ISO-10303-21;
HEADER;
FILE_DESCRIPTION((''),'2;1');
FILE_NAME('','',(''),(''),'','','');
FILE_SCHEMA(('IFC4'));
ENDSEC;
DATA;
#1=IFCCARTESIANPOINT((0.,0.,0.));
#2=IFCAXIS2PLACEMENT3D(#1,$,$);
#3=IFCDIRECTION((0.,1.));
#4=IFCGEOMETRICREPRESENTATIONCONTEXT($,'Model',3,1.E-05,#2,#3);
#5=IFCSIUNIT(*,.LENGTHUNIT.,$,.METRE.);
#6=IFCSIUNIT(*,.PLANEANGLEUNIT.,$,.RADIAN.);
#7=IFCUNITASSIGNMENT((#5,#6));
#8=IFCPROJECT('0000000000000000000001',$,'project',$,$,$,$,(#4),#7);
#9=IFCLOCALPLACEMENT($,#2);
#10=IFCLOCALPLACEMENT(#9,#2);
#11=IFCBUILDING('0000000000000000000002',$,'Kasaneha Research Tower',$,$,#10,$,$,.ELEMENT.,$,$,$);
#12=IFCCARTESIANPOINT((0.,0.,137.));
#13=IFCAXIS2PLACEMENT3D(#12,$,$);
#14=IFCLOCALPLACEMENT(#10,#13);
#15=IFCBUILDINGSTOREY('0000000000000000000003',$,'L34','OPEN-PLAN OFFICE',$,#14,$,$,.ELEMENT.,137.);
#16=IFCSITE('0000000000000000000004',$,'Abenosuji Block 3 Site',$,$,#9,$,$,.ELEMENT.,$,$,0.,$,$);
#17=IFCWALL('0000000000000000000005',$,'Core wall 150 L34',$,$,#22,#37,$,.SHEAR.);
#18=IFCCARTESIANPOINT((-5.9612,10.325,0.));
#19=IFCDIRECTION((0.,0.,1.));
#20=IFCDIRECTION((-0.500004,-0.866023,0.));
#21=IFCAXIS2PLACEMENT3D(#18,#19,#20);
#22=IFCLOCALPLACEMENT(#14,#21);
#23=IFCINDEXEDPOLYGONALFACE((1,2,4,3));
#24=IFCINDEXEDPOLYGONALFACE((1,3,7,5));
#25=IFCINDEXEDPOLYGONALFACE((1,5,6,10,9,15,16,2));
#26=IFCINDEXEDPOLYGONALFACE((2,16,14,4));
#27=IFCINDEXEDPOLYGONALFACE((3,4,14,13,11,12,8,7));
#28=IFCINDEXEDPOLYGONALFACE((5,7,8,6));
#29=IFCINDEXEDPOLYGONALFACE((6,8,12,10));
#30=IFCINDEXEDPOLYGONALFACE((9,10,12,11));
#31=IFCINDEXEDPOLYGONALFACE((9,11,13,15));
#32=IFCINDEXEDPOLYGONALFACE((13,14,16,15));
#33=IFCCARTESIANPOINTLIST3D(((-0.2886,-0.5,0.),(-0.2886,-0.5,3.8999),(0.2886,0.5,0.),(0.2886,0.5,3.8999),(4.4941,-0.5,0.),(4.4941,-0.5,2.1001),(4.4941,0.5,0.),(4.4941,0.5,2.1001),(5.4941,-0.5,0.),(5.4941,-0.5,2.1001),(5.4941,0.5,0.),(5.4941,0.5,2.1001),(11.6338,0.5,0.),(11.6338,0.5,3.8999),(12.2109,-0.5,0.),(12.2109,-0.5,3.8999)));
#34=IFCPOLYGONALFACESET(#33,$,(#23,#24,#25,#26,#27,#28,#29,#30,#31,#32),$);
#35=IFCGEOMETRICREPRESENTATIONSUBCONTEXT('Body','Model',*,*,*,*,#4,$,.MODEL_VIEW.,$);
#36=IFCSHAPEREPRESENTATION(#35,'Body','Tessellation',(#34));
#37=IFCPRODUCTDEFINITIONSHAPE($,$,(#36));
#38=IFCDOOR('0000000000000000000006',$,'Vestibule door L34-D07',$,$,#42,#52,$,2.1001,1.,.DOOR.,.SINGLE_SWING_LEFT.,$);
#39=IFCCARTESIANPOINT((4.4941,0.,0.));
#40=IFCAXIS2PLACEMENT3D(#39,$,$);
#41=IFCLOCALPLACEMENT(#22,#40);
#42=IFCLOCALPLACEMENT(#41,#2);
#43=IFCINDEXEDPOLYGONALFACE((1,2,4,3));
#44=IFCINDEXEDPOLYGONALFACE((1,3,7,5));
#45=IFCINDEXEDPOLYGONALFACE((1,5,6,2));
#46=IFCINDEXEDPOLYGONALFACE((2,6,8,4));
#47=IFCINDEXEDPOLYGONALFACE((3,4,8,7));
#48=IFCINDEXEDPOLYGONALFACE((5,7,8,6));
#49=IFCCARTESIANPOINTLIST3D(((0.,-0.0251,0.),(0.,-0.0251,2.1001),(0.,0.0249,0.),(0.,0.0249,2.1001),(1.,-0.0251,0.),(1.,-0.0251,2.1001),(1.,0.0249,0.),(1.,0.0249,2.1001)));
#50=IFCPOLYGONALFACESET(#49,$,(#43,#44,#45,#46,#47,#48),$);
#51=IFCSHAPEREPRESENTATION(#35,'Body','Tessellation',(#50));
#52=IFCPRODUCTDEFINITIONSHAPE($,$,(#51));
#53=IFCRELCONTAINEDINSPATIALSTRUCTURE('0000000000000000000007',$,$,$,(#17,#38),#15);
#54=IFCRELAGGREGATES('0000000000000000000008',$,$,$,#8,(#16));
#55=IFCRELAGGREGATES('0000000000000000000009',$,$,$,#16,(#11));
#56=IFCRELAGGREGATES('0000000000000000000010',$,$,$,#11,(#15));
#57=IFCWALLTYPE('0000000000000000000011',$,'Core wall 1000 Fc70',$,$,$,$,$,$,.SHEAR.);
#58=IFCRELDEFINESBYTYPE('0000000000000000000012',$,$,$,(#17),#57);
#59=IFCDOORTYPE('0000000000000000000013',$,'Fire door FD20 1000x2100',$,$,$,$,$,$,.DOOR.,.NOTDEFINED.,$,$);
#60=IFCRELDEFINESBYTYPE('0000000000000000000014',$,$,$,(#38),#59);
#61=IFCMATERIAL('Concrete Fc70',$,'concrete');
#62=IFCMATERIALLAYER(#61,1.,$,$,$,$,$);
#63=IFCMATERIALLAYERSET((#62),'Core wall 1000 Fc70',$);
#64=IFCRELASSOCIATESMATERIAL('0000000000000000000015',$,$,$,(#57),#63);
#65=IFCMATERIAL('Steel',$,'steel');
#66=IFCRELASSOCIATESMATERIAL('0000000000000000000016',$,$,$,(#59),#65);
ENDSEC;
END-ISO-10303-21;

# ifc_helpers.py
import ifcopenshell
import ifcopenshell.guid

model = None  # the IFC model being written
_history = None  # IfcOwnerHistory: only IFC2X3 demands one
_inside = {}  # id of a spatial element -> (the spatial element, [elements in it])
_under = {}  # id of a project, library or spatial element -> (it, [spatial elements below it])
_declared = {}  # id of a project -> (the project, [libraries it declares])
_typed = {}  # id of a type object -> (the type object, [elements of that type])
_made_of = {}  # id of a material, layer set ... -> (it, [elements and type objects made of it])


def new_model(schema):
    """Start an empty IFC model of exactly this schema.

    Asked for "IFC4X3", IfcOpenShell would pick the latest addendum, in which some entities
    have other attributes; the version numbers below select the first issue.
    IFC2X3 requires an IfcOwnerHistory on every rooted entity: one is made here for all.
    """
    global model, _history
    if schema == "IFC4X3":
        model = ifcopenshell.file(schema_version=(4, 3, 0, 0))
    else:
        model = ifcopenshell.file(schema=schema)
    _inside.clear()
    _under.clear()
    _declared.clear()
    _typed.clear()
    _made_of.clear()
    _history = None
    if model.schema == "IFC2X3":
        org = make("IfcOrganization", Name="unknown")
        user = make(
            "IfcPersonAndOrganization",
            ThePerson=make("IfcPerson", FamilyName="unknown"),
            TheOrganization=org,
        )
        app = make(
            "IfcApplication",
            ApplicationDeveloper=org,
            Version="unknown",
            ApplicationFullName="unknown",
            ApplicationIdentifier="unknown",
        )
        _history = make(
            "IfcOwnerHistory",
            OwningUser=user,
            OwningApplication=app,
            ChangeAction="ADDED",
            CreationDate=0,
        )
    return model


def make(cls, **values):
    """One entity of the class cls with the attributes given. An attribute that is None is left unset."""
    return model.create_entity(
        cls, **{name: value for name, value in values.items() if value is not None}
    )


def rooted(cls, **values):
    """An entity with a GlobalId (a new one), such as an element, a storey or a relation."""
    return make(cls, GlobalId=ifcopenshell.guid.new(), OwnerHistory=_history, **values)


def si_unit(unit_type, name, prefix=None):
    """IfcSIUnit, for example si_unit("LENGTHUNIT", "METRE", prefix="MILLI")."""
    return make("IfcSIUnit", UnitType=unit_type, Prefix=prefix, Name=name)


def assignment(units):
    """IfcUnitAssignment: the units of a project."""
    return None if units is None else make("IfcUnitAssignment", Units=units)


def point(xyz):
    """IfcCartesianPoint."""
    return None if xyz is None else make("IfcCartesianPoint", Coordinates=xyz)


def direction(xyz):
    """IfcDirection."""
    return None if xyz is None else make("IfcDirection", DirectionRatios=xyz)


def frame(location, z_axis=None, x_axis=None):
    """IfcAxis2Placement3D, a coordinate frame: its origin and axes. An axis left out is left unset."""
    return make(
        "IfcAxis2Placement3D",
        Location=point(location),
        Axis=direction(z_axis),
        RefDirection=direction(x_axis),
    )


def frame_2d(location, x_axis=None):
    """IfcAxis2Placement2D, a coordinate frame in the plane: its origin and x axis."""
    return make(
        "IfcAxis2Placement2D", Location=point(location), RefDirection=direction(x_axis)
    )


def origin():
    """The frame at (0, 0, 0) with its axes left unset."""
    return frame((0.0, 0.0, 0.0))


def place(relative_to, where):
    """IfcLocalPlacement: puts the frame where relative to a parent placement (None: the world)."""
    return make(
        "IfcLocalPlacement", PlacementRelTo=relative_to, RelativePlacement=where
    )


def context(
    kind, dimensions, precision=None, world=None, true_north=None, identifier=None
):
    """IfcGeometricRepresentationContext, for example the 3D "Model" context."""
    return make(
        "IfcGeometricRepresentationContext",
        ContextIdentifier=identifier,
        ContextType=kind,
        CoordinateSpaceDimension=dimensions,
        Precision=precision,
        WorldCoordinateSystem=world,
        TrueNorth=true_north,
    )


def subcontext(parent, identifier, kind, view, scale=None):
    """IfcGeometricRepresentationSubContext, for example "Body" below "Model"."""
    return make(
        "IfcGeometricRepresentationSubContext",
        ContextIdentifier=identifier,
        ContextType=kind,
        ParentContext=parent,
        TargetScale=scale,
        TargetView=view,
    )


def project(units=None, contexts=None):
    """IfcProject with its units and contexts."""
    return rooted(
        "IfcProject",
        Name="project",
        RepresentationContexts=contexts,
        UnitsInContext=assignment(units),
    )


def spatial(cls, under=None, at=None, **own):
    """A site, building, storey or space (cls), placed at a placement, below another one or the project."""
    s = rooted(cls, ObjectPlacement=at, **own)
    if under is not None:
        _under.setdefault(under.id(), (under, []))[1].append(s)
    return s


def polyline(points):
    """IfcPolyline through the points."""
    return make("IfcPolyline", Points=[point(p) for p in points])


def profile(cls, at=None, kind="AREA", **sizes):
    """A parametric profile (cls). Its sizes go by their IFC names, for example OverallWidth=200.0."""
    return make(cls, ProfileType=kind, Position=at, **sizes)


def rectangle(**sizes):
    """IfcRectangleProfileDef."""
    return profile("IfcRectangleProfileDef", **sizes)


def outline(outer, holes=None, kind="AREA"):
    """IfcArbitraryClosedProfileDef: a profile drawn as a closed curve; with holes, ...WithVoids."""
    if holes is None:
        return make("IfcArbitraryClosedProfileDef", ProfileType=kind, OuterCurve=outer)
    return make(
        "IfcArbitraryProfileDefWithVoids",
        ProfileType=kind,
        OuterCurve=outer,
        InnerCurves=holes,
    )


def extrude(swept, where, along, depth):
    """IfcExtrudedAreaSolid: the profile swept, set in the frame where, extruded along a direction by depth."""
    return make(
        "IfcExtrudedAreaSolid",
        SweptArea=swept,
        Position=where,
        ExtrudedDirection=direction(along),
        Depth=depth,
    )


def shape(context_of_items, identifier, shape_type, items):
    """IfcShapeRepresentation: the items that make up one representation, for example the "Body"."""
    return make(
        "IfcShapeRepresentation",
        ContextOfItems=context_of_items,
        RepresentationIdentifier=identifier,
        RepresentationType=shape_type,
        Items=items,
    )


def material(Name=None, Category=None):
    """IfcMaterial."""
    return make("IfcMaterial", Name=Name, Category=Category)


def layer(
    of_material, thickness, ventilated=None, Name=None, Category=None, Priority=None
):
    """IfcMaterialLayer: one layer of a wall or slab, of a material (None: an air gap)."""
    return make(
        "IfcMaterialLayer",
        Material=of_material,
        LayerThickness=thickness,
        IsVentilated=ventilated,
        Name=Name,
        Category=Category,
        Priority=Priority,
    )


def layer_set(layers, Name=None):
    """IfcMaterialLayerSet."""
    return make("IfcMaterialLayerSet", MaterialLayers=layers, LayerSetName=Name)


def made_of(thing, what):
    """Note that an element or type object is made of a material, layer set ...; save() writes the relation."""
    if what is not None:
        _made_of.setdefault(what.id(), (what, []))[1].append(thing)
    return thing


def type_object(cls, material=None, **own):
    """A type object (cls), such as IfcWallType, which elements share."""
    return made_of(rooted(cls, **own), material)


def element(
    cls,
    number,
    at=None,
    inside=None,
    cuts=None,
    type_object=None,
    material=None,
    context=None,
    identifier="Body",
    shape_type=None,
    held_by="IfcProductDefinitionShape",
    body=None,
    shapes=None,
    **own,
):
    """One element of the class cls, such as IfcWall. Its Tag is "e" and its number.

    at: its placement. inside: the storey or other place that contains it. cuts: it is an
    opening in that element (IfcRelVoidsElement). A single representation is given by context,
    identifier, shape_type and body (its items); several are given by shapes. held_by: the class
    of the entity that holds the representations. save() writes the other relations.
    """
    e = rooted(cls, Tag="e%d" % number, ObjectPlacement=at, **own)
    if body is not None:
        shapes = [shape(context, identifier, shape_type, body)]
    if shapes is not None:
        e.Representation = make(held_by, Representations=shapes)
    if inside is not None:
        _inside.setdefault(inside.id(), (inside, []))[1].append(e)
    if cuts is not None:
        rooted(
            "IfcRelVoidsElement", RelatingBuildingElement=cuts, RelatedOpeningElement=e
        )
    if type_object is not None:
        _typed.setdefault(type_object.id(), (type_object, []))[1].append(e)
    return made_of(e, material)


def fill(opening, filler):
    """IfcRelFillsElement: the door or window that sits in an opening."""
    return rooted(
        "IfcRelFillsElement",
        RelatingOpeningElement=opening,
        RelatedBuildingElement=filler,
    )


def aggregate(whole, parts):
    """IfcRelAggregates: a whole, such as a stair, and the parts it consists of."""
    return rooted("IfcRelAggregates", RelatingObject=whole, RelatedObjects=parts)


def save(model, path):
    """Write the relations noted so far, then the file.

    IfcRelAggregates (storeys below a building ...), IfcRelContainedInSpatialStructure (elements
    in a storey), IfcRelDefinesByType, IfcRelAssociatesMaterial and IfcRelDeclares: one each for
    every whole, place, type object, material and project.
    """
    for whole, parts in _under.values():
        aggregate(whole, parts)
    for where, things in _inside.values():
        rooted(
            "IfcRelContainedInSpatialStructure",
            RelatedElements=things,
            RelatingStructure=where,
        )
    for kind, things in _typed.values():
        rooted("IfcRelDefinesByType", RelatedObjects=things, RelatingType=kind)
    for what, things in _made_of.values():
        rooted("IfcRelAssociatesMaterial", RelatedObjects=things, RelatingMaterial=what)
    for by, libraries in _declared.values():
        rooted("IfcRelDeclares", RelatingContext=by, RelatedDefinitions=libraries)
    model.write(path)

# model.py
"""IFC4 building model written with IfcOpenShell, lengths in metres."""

from ifc_helpers import new_model, si_unit, direction, frame, frame_2d, origin, place, context, subcontext, project, spatial, polyline, rectangle, outline, extrude, material, layer, layer_set, type_object, element, fill, save


model = new_model("IFC4")

# Units and contexts
model_context = context("Model", 3, precision=1e-05, world=origin(), true_north=direction((0.0, 1.0)))
body_context = subcontext(model_context, "Body", "Model", "MODEL_VIEW")
ifc_project = project(units=[si_unit("LENGTHUNIT", "METRE"), si_unit("PLANEANGLEUNIT", "RADIAN")], contexts=[model_context])

# Site, building, storey
site_placement = place(None, origin())
site = spatial("IfcSite", under=ifc_project, at=site_placement, Name="Abenosuji Block 3 Site", CompositionType="ELEMENT", RefElevation=0.0)
building_placement = place(site_placement, origin())
building = spatial("IfcBuilding", under=site, at=building_placement, Name="Kasaneha Research Tower", CompositionType="ELEMENT")
storey_placement = place(building_placement, frame((0.0, 0.0, 137.0)))
storey = spatial("IfcBuildingStorey", under=building, at=storey_placement, Name="L34", Description="OPEN-PLAN OFFICE", CompositionType="ELEMENT", Elevation=137.0)

# Wall, opening, door
ifc_material_1 = material(Name="Concrete Fc70", Category="concrete")
ifc_layer_1 = layer(ifc_material_1, 1.0)
ifc_layer_set_1 = layer_set([ifc_layer_1], Name="Core wall 1000 Fc70")
wall_type_1 = type_object("IfcWallType", Name="Core wall 1000 Fc70", PredefinedType="SHEAR", material=ifc_layer_set_1)
wall_1_placement = place(storey_placement, frame((-5.9612, 10.325, 0.0), z_axis=(0.0, 0.0, 1.0), x_axis=(-0.500004, -0.866023, 0.0)))
wall_1 = element("IfcWall", 1, at=wall_1_placement, inside=storey, type_object=wall_type_1, Name="Core wall 150 L34", PredefinedType="SHEAR", context=body_context, shape_type="SweptSolid", body=[
    extrude(outline(polyline([(-0.2886, -0.5), (4.4941, -0.5), (5.4941, -0.5), (12.2109, -0.5), (11.6338, 0.5), (5.4941, 0.5), (4.4941, 0.5), (0.2886, 0.5), (-0.2886, -0.5)])), origin(), (0.0, 0.0, 1.0), 3.8999),
])
opening_1_placement = place(wall_1_placement, frame((4.4941, 0.0, 0.0)))
opening_1 = element("IfcOpeningElement", 2, at=opening_1_placement, cuts=wall_1, PredefinedType="OPENING", context=body_context, shape_type="SweptSolid", body=[
    extrude(rectangle(XDim=1.0, YDim=2.1001, at=frame_2d((0.5, 1.05))), frame((0.0, 0.51, 0.0), z_axis=(0.0, -1.0, 0.0), x_axis=(1.0, 0.0, 0.0)), (0.0, 0.0, 1.0), 1.02),
])
ifc_material_2 = material(Name="Steel", Category="steel")
door_type_1 = type_object("IfcDoorType", Name="Fire door FD20 1000x2100", OperationType="NOTDEFINED", PredefinedType="DOOR", material=ifc_material_2)
door_1_placement = place(opening_1_placement, origin())
door_1 = element("IfcDoor", 3, at=door_1_placement, inside=storey, type_object=door_type_1, Name="Vestibule door L34-D07", OperationType="SINGLE_SWING_LEFT", OverallHeight=2.1001, OverallWidth=1.0, PredefinedType="DOOR", context=body_context, shape_type="SweptSolid", body=[
    extrude(rectangle(XDim=1.0, YDim=2.1001, at=frame_2d((0.5, 1.05))), frame((0.0, 0.0249, 0.0), z_axis=(0.0, -1.0, 0.0), x_axis=(1.0, 0.0, 0.0)), (0.0, 0.0, 1.0), 0.05),
])
fill(opening_1, door_1)

save(model, "model.ifc")
